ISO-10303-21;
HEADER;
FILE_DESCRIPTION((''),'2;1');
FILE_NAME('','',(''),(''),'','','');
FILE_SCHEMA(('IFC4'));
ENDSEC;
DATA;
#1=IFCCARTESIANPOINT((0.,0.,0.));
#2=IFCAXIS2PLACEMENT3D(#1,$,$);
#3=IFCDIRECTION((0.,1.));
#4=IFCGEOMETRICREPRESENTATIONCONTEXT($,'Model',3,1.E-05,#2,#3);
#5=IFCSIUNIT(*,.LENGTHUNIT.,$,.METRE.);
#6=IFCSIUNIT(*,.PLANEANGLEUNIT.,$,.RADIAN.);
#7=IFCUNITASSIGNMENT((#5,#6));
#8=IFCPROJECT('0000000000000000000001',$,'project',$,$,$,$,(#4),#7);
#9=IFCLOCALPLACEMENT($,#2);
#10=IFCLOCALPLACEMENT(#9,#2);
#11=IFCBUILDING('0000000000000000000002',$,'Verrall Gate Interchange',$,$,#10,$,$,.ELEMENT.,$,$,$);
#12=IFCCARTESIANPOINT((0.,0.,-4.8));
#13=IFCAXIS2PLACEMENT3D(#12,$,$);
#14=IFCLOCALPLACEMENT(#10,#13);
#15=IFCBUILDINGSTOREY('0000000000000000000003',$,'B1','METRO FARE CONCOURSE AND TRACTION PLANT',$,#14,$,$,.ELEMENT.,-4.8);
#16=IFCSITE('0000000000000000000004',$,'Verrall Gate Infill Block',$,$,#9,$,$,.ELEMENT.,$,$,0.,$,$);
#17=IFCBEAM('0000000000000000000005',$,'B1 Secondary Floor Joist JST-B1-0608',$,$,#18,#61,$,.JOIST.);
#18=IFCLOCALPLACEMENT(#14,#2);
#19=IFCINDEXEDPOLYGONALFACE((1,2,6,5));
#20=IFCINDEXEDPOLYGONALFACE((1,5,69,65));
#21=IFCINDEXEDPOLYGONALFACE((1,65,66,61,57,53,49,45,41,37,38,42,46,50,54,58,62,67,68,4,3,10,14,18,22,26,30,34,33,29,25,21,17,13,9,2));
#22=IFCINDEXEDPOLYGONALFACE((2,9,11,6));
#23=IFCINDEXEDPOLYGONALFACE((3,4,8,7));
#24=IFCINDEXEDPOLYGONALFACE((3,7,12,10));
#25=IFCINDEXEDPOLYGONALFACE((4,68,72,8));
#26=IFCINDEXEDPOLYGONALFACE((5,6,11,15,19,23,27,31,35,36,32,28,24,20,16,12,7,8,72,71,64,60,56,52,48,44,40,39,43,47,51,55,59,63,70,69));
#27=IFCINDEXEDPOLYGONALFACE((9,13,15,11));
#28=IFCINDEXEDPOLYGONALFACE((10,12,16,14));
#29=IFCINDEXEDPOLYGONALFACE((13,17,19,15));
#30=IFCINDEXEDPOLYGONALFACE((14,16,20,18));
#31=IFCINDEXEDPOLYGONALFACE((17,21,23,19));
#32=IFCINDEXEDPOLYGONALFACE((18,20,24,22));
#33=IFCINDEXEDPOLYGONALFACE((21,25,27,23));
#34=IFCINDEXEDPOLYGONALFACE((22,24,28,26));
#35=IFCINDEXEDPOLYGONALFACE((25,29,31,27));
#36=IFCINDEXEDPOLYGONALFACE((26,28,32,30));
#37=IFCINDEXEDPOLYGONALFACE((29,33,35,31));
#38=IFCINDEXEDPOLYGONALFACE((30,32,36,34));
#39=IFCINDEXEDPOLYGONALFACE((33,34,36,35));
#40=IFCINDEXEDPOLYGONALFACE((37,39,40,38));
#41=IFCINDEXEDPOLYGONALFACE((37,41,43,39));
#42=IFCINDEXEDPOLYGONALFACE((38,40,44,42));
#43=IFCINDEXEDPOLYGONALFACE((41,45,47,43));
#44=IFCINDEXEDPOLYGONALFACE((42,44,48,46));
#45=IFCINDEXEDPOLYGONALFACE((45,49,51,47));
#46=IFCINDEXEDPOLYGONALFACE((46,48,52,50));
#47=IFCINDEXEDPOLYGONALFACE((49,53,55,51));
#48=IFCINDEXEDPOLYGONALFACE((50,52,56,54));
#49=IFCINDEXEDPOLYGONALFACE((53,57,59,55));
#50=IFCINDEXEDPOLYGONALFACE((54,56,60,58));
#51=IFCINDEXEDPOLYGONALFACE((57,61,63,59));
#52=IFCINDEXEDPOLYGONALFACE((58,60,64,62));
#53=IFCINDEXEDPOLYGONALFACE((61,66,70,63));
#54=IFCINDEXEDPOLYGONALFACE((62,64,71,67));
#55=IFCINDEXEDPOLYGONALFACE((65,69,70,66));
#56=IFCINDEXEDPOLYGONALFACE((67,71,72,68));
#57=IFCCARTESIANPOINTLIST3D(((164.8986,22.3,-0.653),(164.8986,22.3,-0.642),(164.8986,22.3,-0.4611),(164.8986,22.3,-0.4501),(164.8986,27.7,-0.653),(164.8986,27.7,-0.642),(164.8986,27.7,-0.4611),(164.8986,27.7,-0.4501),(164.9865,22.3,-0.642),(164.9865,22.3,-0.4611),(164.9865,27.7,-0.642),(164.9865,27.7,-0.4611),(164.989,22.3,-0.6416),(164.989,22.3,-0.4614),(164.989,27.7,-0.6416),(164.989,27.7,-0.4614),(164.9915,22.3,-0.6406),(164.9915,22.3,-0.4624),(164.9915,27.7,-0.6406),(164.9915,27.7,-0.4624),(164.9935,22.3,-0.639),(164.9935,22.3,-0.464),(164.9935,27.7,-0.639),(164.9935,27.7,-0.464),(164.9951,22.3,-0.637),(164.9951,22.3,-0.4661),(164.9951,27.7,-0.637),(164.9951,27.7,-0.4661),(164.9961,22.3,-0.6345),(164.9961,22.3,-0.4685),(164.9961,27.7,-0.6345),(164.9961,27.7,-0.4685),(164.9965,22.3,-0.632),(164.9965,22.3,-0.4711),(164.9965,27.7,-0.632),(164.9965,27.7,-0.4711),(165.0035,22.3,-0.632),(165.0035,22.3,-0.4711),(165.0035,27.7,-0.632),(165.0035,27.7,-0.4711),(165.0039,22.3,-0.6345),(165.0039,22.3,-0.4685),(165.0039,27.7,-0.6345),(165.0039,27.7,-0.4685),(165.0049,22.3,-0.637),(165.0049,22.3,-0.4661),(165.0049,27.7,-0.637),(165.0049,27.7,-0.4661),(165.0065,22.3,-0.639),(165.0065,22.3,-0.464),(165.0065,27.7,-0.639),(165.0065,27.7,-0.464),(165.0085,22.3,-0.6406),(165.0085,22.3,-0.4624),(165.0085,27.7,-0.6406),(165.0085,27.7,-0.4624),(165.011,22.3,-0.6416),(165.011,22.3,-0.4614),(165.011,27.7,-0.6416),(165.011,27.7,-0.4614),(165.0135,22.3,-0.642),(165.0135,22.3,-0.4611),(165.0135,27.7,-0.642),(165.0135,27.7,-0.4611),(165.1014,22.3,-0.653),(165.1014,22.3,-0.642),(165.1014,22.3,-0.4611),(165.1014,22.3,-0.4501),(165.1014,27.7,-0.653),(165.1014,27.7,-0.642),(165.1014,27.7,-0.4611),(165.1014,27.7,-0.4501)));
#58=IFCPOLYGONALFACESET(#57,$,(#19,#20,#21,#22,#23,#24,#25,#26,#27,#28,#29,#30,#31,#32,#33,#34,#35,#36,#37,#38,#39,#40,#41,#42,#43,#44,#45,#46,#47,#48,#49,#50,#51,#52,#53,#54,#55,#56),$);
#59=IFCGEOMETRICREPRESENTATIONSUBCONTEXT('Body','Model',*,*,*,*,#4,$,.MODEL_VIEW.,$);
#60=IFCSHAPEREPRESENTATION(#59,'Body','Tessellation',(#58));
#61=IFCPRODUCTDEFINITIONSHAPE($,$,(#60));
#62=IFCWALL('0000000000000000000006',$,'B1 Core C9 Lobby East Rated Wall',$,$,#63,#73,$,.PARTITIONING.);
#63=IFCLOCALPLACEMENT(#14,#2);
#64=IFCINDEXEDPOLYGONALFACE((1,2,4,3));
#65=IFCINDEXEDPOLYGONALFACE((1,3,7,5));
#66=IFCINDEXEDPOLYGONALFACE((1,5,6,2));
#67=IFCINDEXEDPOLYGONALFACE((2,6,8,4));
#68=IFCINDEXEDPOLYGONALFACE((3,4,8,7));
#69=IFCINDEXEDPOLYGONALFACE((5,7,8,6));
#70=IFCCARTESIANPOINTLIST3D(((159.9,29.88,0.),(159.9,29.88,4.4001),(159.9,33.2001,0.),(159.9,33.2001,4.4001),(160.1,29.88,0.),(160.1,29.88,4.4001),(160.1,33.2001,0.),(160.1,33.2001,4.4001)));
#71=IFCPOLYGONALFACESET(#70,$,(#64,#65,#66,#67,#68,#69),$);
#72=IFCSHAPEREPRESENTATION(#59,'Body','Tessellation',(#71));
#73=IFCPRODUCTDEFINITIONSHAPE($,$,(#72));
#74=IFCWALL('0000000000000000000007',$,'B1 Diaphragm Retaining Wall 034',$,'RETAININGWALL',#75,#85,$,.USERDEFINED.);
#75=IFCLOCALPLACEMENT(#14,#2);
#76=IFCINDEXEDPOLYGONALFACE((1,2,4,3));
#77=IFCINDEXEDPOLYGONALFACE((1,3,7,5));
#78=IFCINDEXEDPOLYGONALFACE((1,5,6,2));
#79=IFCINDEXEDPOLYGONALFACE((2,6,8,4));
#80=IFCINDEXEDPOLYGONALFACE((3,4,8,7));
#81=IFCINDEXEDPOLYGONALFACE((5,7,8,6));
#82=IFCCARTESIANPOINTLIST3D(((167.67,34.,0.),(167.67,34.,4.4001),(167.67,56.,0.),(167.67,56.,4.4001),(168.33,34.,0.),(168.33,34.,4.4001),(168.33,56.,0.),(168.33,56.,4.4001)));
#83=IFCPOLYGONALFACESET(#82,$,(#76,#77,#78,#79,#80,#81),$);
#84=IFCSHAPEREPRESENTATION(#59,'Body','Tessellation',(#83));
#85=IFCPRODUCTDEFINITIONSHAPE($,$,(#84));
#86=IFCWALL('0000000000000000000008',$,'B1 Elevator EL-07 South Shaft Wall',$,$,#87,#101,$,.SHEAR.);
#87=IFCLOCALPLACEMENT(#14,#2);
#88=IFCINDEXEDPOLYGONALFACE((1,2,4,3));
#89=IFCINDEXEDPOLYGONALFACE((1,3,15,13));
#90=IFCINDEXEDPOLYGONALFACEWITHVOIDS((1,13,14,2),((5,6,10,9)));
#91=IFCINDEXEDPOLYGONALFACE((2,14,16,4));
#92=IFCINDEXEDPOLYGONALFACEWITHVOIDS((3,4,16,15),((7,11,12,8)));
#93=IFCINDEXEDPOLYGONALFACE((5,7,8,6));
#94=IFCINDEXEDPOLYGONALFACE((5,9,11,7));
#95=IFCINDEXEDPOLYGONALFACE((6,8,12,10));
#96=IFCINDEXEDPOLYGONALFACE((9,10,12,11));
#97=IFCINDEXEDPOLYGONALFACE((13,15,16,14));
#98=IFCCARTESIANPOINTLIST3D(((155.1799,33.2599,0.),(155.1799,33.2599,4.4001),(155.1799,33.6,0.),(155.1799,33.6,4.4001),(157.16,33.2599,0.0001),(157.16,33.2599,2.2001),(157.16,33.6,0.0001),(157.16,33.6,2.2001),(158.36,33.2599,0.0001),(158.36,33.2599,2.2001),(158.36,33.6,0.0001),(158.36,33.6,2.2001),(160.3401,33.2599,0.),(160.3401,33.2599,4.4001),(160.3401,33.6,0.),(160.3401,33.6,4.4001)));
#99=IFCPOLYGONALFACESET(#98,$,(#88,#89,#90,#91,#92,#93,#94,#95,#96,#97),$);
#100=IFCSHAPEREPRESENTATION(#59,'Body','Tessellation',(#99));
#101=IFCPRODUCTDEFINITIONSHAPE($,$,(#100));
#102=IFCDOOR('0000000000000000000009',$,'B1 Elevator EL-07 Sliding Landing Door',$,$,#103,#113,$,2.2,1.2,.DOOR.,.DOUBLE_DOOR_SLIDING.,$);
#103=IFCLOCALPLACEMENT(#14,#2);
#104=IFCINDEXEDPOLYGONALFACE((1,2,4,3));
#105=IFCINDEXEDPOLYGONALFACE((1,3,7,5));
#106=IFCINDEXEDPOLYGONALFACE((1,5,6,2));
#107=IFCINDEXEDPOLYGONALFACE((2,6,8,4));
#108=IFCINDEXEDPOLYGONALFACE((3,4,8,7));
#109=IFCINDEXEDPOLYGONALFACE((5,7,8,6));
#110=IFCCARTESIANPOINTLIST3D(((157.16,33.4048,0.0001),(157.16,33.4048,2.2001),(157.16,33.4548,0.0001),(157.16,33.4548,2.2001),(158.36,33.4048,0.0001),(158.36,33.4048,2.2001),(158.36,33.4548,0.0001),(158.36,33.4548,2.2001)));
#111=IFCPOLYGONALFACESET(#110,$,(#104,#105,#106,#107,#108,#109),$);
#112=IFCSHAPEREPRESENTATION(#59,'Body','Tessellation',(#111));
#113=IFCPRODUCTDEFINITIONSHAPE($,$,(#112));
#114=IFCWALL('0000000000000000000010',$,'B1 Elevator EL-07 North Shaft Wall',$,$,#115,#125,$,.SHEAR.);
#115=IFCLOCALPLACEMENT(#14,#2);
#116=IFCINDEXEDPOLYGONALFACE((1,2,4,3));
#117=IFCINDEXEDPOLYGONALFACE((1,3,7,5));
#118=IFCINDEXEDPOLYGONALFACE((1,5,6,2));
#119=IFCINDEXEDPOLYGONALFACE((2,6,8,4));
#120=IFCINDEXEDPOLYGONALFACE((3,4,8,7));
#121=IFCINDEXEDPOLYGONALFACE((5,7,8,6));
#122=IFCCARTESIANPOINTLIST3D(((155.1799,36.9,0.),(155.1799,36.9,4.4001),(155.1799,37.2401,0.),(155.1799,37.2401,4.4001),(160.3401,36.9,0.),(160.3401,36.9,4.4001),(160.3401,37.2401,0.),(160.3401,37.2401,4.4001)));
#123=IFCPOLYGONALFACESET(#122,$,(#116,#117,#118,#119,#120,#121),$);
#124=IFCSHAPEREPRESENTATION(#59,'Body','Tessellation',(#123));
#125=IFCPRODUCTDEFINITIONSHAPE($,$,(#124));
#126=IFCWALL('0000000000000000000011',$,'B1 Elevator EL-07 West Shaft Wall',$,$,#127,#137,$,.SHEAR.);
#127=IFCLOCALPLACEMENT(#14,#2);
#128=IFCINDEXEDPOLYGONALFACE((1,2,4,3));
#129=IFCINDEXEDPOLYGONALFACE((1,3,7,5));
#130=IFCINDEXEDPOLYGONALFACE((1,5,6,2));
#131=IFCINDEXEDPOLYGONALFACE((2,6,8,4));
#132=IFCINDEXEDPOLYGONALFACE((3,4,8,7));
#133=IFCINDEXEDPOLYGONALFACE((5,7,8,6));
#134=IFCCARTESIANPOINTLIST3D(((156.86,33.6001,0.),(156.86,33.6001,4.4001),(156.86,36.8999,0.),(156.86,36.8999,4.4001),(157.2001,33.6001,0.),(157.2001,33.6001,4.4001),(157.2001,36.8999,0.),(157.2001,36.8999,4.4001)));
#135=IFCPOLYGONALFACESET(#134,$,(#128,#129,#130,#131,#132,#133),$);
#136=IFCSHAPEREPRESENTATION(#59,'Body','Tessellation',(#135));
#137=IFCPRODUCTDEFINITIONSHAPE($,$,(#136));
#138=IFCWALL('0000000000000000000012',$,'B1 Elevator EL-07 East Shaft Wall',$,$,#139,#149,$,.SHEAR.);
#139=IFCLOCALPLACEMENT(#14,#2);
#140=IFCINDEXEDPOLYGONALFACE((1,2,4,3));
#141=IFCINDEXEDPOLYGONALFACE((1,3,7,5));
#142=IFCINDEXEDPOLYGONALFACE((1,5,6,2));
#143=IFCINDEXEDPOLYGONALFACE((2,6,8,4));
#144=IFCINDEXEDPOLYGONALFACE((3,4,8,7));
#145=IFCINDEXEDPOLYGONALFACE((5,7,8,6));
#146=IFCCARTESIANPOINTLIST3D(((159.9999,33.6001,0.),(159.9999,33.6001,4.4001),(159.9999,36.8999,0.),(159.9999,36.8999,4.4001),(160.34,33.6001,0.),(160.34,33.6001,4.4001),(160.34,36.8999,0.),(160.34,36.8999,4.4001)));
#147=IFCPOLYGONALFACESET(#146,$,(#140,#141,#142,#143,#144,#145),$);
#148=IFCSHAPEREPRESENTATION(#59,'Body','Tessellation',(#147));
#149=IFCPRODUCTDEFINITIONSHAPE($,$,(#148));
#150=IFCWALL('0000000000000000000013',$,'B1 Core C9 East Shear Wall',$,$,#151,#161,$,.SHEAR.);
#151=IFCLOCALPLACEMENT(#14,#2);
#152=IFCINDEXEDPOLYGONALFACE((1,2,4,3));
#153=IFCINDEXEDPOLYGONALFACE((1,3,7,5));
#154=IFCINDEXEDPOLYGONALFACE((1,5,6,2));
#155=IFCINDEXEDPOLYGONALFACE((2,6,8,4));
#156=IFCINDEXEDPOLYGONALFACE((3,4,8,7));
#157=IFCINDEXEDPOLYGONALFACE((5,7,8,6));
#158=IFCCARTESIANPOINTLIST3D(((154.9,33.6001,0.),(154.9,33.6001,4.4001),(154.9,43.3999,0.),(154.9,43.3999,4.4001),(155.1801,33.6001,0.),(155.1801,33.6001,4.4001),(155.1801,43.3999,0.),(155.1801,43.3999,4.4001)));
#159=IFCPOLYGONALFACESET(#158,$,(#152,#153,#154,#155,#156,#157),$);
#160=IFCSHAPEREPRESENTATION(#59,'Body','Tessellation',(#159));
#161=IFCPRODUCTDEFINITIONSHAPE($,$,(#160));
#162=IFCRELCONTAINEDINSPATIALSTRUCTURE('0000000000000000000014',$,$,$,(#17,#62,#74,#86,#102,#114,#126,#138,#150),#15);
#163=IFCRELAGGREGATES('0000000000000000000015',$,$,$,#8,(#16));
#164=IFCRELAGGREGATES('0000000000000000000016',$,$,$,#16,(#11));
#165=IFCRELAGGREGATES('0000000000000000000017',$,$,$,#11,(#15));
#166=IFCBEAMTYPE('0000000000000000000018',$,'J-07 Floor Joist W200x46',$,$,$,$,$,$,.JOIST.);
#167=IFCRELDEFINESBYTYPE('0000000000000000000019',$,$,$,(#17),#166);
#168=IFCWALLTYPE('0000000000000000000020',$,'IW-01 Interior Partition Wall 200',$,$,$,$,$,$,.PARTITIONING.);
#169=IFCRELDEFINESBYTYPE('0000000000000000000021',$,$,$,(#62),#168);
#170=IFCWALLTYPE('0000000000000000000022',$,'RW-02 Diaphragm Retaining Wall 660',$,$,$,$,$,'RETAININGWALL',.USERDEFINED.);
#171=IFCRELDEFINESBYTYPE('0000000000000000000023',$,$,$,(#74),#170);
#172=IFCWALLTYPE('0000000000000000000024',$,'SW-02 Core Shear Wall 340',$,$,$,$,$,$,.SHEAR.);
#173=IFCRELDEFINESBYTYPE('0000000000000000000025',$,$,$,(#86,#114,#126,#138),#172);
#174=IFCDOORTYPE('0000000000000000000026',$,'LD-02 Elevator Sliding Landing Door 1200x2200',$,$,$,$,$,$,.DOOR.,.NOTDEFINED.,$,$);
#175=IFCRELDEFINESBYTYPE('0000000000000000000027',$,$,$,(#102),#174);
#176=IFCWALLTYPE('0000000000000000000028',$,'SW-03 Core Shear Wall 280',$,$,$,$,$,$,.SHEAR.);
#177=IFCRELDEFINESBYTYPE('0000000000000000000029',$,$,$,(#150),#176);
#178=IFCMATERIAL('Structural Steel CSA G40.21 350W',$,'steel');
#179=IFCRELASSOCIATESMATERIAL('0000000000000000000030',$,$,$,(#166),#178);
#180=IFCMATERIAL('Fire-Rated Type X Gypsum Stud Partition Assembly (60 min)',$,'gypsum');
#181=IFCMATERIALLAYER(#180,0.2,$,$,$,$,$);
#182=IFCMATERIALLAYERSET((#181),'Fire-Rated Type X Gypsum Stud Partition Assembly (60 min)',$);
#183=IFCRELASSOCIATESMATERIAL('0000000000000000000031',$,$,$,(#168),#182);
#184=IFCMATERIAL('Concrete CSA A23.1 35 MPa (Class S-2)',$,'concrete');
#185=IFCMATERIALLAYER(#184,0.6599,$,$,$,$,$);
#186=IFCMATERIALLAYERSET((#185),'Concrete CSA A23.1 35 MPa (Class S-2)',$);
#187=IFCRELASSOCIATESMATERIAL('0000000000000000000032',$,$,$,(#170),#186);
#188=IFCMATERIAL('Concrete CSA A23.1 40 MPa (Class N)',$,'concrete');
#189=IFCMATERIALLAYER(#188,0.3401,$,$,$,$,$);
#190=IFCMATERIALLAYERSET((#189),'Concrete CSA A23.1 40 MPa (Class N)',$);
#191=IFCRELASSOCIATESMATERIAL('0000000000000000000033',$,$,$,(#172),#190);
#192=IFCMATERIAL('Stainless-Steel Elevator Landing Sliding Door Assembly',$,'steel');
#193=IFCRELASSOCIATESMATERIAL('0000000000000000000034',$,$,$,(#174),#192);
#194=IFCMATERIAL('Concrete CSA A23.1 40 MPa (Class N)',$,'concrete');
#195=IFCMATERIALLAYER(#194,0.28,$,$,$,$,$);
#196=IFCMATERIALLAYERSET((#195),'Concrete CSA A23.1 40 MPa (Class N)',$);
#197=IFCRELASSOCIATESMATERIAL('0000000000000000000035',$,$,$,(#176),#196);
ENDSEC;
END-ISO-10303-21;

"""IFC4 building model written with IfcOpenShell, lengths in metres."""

from ifc_helpers import new_model, si_unit, direction, frame, frame_2d, origin, origin_2d, place, context, subcontext, project, spatial, rectangle, i_section, extrude, material, layer, layer_set, material_profile, profile_set, type_object, element, fill, save


model = new_model("IFC4")

# Units and contexts
model_context = context("Model", 3, precision=1e-05, world=origin(), true_north=direction((0.0, 1.0)))
body_context = subcontext(model_context, "Body", "Model", "MODEL_VIEW")
ifc_project = project(units=[si_unit("LENGTHUNIT", "METRE"), si_unit("PLANEANGLEUNIT", "RADIAN")], contexts=[model_context])

# Site, building, storey
site_placement = place(None, origin())
site = spatial("IfcSite", under=ifc_project, at=site_placement, Name="Verrall Gate Infill Block", CompositionType="ELEMENT", RefElevation=0.0)
building_placement = place(site_placement, origin())
building = spatial("IfcBuilding", under=site, at=building_placement, Name="Verrall Gate Interchange", CompositionType="ELEMENT")
storey_placement = place(building_placement, frame((0.0, 0.0, -4.8)))
storey = spatial("IfcBuildingStorey", under=building, at=storey_placement, Name="B1", Description="METRO FARE CONCOURSE AND TRACTION PLANT", CompositionType="ELEMENT", Elevation=-4.8)

# Beam
ifc_material_1 = material(Name="Structural Steel CSA G40.21 350W", Category="steel")
ifc_material_profile_1 = material_profile(ifc_material_1, i_section(OverallWidth=0.2029, OverallDepth=0.2029, WebThickness=0.0071, FlangeThickness=0.011, FilletRadius=0.01, at=origin_2d()), Name="W200x46")
ifc_profile_set_1 = profile_set([ifc_material_profile_1], Name="Structural Steel CSA G40.21 350W")
beam_type_1 = type_object("IfcBeamType", Name="J-07 Floor Joist W200x46", PredefinedType="JOIST", material=ifc_profile_set_1)
beam_1_placement = place(storey_placement, frame((165.0, 22.3, -0.5515), z_axis=(0.0, 1.0, 0.0), x_axis=(-1.0, 0.0, 0.0)))
element("IfcBeam", 1, at=beam_1_placement, inside=storey, type_object=beam_type_1, Name="B1 Secondary Floor Joist JST-B1-0608", PredefinedType="JOIST", context=body_context, shape_type="SweptSolid", body=[
    extrude(i_section(OverallWidth=0.2029, OverallDepth=0.2029, WebThickness=0.0071, FlangeThickness=0.011, FilletRadius=0.01, at=origin_2d()), origin(), (0.0, 0.0, 1.0), 5.3999),
])

# Walls
ifc_material_2 = material(Name="Fire-Rated Type X Gypsum Stud Partition Assembly (60 min)", Category="gypsum")
ifc_layer_1 = layer(ifc_material_2, 0.2)
ifc_layer_set_1 = layer_set([ifc_layer_1], Name="Fire-Rated Type X Gypsum Stud Partition Assembly (60 min)")
wall_type_1 = type_object("IfcWallType", Name="IW-01 Interior Partition Wall 200", PredefinedType="PARTITIONING", material=ifc_layer_set_1)
wall_1_placement = place(storey_placement, frame((160.0, 29.8799, 0.0), z_axis=(0.0, 0.0, 1.0), x_axis=(0.0, 1.0, 0.0)))
element("IfcWall", 2, at=wall_1_placement, inside=storey, type_object=wall_type_1, Name="B1 Core C9 Lobby East Rated Wall", PredefinedType="PARTITIONING", context=body_context, shape_type="SweptSolid", body=[
    extrude(rectangle(XDim=3.3201, YDim=0.2, at=frame_2d((1.6602, 0.0))), origin(), (0.0, 0.0, 1.0), 4.4001),
])
ifc_material_3 = material(Name="Concrete CSA A23.1 35 MPa (Class S-2)", Category="concrete")
ifc_layer_2 = layer(ifc_material_3, 0.6599)
ifc_layer_set_2 = layer_set([ifc_layer_2], Name="Concrete CSA A23.1 35 MPa (Class S-2)")
wall_type_2 = type_object("IfcWallType", Name="RW-02 Diaphragm Retaining Wall 660", ElementType="RETAININGWALL", PredefinedType="USERDEFINED", material=ifc_layer_set_2)
wall_2_placement = place(storey_placement, frame((168.0, 34.0, 0.0), z_axis=(0.0, 0.0, 1.0), x_axis=(0.0, 1.0, 0.0)))
element("IfcWall", 3, at=wall_2_placement, inside=storey, type_object=wall_type_2, Name="B1 Diaphragm Retaining Wall 034", ObjectType="RETAININGWALL", PredefinedType="USERDEFINED", context=body_context, shape_type="SweptSolid", body=[
    extrude(rectangle(XDim=22.0, YDim=0.6599, at=frame_2d((11.0, 0.0))), origin(), (0.0, 0.0, 1.0), 4.4001),
])

# Wall, opening, door
ifc_material_4 = material(Name="Concrete CSA A23.1 40 MPa (Class N)", Category="concrete")
ifc_layer_3 = layer(ifc_material_4, 0.3401)
ifc_layer_set_3 = layer_set([ifc_layer_3], Name="Concrete CSA A23.1 40 MPa (Class N)")
wall_type_3 = type_object("IfcWallType", Name="SW-02 Core Shear Wall 340", PredefinedType="SHEAR", material=ifc_layer_set_3)
wall_3_placement = place(storey_placement, frame((155.1799, 33.4299, 0.0), z_axis=(0.0, 0.0, 1.0), x_axis=(1.0, 0.0, 0.0)))
wall_3 = element("IfcWall", 4, at=wall_3_placement, inside=storey, type_object=wall_type_3, Name="B1 Elevator EL-07 South Shaft Wall", PredefinedType="SHEAR", context=body_context, shape_type="SweptSolid", body=[
    extrude(rectangle(XDim=5.1602, YDim=0.3401, at=frame_2d((2.5801, 0.0))), origin(), (0.0, 0.0, 1.0), 4.4001),
])
opening_placement = place(wall_3_placement, frame((1.98, 0.0, 0.0)))
opening = element("IfcOpeningElement", 5, at=opening_placement, cuts=wall_3, PredefinedType="OPENING", context=body_context, shape_type="SweptSolid", body=[
    extrude(rectangle(XDim=1.2, YDim=2.2, at=frame_2d((0.6001, 1.1001))), frame((0.0, 0.1851, 0.0), z_axis=(0.0, -1.0, 0.0), x_axis=(1.0, 0.0, 0.0)), (0.0, 0.0, 1.0), 0.3699),
])
ifc_material_5 = material(Name="Stainless-Steel Elevator Landing Sliding Door Assembly", Category="steel")
door_type = type_object("IfcDoorType", Name="LD-02 Elevator Sliding Landing Door 1200x2200", OperationType="NOTDEFINED", PredefinedType="DOOR", material=ifc_material_5)
door_placement = place(opening_placement, origin())
door = element("IfcDoor", 6, at=door_placement, inside=storey, type_object=door_type, Name="B1 Elevator EL-07 Sliding Landing Door", OperationType="DOUBLE_DOOR_SLIDING", OverallHeight=2.2, OverallWidth=1.2, PredefinedType="DOOR", context=body_context, shape_type="SweptSolid", body=[
    extrude(rectangle(XDim=1.2, YDim=2.2, at=frame_2d((0.6001, 1.1001))), frame((0.0, 0.0249, 0.0), z_axis=(0.0, -1.0, 0.0), x_axis=(1.0, 0.0, 0.0)), (0.0, 0.0, 1.0), 0.05),
])
fill(opening, door)

# Walls
wall_4_placement = place(storey_placement, frame((160.3401, 37.0701, 0.0), z_axis=(0.0, 0.0, 1.0), x_axis=(-1.0, 0.0, 0.0)))
element("IfcWall", 7, at=wall_4_placement, inside=storey, type_object=wall_type_3, Name="B1 Elevator EL-07 North Shaft Wall", PredefinedType="SHEAR", context=body_context, shape_type="SweptSolid", body=[
    extrude(rectangle(XDim=5.1602, YDim=0.3401, at=frame_2d((2.5801, 0.0))), origin(), (0.0, 0.0, 1.0), 4.4001),
])
for number, where, z_axis, x_axis, name in (
    (8, (157.03, 36.8999, 0.0), (0.0, 0.0, 1.0), (0.0, -1.0, 0.0), "B1 Elevator EL-07 West Shaft Wall"),
    (9, (160.1699, 33.6001, 0.0), (0.0, 0.0, 1.0), (0.0, 1.0, 0.0), "B1 Elevator EL-07 East Shaft Wall"),
):
    element("IfcWall", number, at=place(storey_placement, frame(where, z_axis=z_axis, x_axis=x_axis)), inside=storey, type_object=wall_type_3, Name=name, PredefinedType="SHEAR", context=body_context, shape_type="SweptSolid", body=[
        extrude(rectangle(XDim=3.2998, YDim=0.3401, at=frame_2d((1.6499, 0.0))), origin(), (0.0, 0.0, 1.0), 4.4001),
    ])
ifc_material_6 = material(Name="Concrete CSA A23.1 40 MPa (Class N)", Category="concrete")
ifc_layer_4 = layer(ifc_material_6, 0.28)
ifc_layer_set_4 = layer_set([ifc_layer_4], Name="Concrete CSA A23.1 40 MPa (Class N)")
wall_type_4 = type_object("IfcWallType", Name="SW-03 Core Shear Wall 280", PredefinedType="SHEAR", material=ifc_layer_set_4)
wall_5_placement = place(storey_placement, frame((155.04, 33.6001, 0.0), z_axis=(0.0, 0.0, 1.0), x_axis=(0.0, 1.0, 0.0)))
element("IfcWall", 10, at=wall_5_placement, inside=storey, type_object=wall_type_4, Name="B1 Core C9 East Shear Wall", PredefinedType="SHEAR", context=body_context, shape_type="SweptSolid", body=[
    extrude(rectangle(XDim=9.7998, YDim=0.28, at=frame_2d((4.8999, 0.0))), origin(), (0.0, 0.0, 1.0), 4.4001),
])

save(model, "model.ifc")
